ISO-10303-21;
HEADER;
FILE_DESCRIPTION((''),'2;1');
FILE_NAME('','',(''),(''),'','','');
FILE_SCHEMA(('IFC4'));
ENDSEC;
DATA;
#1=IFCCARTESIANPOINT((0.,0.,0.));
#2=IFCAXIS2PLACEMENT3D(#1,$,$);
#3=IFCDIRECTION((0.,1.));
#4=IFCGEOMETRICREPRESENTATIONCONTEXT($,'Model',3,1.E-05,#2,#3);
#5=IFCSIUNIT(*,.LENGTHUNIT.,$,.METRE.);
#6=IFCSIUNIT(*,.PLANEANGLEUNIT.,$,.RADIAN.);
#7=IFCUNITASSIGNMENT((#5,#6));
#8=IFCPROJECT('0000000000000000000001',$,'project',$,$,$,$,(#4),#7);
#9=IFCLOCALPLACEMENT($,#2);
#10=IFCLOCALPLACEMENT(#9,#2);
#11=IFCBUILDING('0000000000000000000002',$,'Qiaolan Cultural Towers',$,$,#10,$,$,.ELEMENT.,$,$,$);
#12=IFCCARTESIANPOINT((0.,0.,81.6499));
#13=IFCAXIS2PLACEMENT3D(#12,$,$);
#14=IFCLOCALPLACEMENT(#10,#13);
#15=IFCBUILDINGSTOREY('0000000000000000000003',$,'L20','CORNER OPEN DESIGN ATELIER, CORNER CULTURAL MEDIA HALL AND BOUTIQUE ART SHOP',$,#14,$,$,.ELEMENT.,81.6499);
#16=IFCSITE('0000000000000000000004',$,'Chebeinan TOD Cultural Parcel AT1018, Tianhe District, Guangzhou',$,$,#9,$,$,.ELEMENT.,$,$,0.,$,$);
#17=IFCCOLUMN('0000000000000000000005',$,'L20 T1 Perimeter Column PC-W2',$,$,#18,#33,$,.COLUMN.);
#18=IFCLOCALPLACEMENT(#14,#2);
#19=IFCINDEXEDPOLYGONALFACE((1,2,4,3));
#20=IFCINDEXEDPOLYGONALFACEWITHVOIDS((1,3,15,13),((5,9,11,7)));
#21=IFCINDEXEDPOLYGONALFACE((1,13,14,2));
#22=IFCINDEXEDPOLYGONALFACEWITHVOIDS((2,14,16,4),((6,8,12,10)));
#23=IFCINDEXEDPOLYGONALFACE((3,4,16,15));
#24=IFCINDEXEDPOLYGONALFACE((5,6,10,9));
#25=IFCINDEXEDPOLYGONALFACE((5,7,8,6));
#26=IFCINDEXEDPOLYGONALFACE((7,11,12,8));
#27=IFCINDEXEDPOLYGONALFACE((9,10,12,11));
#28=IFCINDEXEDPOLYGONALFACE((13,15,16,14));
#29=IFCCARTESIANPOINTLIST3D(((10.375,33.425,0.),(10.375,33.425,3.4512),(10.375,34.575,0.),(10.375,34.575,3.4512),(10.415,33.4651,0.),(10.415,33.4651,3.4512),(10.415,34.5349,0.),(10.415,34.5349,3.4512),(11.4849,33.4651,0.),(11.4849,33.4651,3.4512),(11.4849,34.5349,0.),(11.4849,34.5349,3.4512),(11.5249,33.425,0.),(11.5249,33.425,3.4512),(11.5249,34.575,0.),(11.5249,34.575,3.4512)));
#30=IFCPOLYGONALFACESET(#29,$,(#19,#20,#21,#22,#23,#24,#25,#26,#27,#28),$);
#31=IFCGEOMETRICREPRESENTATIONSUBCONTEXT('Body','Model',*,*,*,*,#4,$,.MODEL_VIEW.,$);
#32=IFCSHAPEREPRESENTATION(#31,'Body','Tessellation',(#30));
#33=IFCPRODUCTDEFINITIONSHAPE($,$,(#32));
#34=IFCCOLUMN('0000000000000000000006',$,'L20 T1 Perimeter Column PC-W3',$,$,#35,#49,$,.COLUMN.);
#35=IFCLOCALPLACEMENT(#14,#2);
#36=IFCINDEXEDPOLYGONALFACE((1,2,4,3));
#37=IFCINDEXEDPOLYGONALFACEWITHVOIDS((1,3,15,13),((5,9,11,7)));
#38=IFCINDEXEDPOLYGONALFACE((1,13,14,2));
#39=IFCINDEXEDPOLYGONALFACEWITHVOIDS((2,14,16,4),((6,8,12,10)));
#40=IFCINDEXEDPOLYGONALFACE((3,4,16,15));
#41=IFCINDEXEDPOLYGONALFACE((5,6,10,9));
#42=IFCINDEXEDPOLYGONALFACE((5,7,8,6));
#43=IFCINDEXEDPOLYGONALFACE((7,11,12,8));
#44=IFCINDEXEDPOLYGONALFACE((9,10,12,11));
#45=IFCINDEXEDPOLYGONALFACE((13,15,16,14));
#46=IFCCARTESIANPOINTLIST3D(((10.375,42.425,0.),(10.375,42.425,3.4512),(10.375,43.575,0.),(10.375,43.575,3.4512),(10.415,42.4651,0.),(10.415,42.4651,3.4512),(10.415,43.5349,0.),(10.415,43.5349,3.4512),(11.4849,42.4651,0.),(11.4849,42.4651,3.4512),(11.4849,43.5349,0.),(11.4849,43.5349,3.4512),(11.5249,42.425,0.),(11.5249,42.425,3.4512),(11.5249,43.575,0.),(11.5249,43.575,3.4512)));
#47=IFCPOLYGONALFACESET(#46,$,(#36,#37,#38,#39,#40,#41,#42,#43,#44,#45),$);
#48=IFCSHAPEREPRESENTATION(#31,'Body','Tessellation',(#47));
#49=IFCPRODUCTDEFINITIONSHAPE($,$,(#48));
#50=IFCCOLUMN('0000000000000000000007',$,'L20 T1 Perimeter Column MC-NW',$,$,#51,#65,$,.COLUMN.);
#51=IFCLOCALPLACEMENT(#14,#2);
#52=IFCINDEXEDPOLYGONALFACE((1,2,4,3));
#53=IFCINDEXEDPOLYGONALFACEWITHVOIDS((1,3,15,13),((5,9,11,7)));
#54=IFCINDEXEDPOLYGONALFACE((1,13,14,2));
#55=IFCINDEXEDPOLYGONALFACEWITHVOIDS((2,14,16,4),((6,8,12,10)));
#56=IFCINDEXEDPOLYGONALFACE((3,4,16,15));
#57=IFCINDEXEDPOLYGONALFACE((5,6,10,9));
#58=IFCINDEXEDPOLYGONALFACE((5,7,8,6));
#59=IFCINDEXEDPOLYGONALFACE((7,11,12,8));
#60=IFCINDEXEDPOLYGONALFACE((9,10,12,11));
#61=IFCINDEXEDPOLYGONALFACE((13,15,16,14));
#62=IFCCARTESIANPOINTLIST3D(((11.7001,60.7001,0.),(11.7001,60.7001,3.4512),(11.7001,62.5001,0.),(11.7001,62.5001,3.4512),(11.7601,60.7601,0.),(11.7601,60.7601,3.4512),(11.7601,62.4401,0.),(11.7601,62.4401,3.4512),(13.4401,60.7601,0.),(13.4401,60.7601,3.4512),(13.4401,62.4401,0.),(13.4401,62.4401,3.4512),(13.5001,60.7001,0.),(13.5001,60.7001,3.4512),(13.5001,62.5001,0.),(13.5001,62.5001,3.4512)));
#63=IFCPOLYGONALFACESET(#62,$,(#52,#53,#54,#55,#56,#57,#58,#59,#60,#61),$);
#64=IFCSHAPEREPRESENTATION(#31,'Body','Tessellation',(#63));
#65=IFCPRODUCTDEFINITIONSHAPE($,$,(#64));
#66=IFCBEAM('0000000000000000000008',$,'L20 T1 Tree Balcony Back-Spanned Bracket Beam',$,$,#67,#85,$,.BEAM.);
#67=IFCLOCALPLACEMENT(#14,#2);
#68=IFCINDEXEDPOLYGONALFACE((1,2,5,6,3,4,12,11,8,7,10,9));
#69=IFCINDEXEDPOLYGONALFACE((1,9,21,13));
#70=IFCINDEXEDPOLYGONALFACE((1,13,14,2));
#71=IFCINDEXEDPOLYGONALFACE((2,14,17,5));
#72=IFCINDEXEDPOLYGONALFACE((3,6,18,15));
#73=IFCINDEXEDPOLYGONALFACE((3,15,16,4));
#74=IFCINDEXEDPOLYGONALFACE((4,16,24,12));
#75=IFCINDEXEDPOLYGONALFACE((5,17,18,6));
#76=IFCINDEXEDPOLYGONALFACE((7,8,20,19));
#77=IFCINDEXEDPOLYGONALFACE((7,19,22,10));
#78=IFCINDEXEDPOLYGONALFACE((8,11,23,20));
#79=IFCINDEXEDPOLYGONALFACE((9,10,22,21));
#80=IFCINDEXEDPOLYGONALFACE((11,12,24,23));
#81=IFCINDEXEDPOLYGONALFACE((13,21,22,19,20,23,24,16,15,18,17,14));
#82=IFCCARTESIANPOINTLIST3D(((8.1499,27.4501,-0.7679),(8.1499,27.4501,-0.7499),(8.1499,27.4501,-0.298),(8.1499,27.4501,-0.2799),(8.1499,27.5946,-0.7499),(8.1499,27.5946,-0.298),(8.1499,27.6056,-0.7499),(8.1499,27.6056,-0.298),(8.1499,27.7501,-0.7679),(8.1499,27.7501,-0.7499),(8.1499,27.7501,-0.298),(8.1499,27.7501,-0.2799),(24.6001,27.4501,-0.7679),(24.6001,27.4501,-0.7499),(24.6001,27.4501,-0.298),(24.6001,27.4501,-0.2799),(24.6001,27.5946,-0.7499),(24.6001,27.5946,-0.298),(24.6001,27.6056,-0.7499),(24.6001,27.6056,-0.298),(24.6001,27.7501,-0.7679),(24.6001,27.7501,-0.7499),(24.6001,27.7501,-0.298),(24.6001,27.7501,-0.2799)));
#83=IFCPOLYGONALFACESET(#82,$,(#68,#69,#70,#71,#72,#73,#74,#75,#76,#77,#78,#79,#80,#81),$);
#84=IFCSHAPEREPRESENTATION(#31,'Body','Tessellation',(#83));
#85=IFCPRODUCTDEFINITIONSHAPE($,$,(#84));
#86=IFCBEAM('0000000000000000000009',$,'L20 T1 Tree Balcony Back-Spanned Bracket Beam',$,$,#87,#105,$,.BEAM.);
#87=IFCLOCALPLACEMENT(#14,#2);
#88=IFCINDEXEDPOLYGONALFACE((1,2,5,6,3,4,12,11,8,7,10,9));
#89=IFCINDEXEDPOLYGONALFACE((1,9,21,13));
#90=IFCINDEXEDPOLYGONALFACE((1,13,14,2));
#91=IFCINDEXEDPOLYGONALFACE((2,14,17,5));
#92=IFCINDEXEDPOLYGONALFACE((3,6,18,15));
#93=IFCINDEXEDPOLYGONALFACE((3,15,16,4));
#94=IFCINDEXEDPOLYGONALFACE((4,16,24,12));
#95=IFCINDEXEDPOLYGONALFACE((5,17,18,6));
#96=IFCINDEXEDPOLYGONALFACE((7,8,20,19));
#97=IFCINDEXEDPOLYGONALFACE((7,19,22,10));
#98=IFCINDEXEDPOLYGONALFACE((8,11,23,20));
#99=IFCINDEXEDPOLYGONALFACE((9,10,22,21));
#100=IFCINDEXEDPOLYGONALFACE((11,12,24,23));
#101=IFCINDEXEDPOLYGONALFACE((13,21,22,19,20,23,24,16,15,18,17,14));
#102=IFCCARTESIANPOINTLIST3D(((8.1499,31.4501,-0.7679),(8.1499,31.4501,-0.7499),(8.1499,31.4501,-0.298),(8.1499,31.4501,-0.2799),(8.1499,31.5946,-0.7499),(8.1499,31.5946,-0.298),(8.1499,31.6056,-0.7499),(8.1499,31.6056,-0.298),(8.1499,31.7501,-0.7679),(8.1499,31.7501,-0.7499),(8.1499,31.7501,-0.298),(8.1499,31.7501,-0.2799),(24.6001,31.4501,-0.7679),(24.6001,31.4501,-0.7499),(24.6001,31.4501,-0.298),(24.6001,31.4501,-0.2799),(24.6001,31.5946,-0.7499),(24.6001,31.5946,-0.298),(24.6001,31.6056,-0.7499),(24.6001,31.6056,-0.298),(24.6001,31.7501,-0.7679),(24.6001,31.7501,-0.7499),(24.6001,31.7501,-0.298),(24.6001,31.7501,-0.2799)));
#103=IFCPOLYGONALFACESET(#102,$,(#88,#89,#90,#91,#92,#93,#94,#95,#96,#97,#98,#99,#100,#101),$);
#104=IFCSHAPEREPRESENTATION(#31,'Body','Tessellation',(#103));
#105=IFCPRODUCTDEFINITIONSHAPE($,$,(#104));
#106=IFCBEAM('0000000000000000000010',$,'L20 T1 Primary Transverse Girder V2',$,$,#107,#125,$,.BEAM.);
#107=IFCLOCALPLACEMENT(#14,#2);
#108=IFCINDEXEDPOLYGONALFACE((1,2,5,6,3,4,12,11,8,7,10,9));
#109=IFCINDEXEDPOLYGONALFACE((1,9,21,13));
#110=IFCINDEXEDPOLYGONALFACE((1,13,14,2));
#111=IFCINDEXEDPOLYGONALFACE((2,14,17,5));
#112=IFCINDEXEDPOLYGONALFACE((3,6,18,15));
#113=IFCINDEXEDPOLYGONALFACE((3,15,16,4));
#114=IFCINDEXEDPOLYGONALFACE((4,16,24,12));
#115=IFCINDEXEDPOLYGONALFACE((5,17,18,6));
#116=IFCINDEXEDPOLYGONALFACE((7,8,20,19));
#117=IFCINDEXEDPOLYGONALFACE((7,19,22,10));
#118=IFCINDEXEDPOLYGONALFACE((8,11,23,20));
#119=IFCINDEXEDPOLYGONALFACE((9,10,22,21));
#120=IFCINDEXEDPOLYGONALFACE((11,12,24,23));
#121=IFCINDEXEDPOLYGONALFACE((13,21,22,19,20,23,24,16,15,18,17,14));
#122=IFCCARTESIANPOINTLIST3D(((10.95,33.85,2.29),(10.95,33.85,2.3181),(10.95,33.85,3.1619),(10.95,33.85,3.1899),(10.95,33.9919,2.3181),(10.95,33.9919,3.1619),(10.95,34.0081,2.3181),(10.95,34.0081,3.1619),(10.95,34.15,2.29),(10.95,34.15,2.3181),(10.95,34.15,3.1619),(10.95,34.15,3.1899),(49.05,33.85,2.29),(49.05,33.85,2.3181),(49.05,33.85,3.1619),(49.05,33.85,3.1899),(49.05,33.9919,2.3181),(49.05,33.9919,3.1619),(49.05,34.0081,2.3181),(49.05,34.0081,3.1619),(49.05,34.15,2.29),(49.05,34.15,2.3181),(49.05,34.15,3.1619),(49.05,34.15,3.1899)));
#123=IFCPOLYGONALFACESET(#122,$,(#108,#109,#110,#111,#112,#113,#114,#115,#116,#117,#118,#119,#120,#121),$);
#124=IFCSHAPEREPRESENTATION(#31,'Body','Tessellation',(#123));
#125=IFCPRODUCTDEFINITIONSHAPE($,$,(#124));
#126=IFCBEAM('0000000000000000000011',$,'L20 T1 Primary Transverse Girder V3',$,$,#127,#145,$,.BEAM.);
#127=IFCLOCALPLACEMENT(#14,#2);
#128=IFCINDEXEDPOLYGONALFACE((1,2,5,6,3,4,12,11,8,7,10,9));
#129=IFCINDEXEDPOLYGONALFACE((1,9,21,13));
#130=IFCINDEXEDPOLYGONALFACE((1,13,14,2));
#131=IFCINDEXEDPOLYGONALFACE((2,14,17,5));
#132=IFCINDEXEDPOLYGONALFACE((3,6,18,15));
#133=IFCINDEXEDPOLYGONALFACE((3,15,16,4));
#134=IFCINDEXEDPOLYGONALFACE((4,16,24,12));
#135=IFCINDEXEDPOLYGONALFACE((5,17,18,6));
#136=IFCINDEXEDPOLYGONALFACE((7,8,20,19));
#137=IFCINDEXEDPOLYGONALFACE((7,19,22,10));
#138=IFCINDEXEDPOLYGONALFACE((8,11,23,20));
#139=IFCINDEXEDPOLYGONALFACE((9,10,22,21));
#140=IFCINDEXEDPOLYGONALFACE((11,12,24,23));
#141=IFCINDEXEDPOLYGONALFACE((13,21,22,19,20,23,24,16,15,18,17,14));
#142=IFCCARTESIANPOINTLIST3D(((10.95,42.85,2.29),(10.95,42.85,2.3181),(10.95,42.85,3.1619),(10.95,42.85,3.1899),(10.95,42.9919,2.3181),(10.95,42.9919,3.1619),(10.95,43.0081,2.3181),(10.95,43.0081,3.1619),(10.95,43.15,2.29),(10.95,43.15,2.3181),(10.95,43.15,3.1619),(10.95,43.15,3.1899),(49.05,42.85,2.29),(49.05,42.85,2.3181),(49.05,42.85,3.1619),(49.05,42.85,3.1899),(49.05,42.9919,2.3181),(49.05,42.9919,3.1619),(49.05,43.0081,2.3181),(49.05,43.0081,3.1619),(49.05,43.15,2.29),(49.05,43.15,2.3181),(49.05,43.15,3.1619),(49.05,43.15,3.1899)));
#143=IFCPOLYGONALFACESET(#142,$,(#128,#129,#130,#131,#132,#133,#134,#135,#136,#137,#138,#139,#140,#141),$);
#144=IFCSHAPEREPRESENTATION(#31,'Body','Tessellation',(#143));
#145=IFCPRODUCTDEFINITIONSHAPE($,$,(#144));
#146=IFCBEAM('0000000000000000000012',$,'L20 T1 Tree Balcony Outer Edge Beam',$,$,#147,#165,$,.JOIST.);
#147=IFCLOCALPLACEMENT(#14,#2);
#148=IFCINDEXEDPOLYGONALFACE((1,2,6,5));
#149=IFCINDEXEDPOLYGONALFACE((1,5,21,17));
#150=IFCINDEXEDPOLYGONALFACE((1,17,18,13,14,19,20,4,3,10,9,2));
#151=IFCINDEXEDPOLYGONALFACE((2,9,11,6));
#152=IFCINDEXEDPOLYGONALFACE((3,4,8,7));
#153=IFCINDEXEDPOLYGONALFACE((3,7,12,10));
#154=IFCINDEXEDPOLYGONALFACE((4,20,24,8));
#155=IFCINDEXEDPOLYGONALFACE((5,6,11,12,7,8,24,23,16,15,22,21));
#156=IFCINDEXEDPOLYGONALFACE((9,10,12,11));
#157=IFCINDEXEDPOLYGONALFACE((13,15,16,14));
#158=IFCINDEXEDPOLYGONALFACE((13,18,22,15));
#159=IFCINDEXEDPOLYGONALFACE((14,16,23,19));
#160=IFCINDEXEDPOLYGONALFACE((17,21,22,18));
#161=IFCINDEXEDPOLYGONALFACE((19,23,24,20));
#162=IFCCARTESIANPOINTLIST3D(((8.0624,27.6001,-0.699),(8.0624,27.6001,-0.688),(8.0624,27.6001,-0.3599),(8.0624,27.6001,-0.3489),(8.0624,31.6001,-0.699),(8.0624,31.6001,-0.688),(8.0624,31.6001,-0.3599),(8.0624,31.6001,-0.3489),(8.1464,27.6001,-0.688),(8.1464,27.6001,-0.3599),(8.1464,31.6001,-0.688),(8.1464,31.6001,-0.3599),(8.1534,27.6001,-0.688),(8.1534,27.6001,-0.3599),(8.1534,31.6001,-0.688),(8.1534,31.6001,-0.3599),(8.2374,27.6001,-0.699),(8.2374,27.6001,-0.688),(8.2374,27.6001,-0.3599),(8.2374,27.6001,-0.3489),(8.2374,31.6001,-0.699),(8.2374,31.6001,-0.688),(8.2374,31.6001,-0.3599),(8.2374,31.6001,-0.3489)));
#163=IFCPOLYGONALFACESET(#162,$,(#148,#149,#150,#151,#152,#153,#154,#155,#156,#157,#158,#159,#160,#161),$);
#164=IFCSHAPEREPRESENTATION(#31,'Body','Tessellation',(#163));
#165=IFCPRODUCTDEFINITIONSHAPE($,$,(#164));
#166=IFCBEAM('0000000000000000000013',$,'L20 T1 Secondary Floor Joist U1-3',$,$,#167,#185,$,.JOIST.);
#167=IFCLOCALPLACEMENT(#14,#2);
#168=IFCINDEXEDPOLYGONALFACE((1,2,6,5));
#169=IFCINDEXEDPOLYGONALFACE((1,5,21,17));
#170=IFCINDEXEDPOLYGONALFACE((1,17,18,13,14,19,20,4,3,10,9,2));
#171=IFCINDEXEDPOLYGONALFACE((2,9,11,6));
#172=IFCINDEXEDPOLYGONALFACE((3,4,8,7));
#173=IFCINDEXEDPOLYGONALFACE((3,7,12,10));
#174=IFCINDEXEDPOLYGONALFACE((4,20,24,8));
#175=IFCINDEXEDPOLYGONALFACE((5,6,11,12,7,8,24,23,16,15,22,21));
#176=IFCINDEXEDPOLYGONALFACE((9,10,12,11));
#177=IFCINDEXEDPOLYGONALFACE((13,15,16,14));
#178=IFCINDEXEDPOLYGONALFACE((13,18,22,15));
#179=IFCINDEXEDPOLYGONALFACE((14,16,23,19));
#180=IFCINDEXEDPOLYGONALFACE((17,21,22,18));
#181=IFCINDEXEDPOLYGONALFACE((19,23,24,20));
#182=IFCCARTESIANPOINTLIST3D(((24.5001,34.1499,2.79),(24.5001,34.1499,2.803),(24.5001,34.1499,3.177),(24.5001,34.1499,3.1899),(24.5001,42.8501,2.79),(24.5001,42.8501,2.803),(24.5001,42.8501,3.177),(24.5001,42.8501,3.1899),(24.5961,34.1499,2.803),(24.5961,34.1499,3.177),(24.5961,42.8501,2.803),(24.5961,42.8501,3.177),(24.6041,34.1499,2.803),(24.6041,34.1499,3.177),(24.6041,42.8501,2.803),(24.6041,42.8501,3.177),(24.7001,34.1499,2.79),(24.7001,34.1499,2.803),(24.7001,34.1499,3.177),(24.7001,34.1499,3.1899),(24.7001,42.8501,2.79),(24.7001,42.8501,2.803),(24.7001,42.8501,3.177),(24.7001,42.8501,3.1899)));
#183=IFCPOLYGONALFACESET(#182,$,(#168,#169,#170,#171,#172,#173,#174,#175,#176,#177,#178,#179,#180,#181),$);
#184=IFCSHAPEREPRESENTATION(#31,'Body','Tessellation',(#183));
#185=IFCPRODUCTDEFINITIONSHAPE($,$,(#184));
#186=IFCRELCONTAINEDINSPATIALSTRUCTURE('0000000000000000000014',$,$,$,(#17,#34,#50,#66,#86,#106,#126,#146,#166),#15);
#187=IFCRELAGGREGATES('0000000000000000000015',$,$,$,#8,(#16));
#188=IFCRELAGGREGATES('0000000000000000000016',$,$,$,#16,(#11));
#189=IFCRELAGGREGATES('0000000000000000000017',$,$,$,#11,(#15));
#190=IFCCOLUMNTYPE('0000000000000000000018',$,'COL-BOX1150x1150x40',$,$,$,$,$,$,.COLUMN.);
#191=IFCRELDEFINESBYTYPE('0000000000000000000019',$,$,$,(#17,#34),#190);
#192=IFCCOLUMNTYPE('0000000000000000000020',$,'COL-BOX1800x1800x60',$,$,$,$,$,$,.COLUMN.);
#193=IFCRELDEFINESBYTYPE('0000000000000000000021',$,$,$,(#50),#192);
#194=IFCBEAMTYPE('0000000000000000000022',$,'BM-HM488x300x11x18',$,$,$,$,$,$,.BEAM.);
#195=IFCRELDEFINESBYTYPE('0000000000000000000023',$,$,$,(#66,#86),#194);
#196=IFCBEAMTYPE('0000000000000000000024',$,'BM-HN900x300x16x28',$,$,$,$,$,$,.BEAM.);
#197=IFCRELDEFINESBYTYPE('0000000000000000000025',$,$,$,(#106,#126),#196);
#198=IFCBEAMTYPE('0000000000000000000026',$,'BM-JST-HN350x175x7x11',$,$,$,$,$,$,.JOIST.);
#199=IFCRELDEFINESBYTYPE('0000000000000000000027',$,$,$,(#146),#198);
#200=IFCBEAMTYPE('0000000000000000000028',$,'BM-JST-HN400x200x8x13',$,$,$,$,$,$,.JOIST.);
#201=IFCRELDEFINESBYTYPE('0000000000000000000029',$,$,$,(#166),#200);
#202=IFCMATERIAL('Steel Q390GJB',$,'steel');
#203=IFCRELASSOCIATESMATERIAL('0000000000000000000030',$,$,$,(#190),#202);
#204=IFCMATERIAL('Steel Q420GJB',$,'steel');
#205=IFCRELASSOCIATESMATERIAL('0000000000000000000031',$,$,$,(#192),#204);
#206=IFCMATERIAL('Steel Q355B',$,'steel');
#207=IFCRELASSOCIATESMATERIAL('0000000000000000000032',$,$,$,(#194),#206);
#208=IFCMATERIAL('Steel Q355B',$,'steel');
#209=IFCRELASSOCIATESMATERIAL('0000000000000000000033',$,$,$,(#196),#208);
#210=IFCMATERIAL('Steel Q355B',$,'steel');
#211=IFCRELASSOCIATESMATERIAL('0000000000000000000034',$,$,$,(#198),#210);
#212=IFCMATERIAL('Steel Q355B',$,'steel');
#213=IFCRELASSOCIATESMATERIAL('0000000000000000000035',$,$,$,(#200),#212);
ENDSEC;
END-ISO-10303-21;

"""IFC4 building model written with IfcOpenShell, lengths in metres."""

from ifc_helpers import new_model, si_unit, direction, frame, origin, origin_2d, place, context, subcontext, project, spatial, hollow_rectangle, i_section, extrude, material, material_profile, profile_set, type_object, element, save


model = new_model("IFC4")

# Units and contexts
model_context = context("Model", 3, precision=1e-05, world=origin(), true_north=direction((0.0, 1.0)))
body_context = subcontext(model_context, "Body", "Model", "MODEL_VIEW")
ifc_project = project(units=[si_unit("LENGTHUNIT", "METRE"), si_unit("PLANEANGLEUNIT", "RADIAN")], contexts=[model_context])

# Site, building, storey
site_placement = place(None, origin())
site = spatial("IfcSite", under=ifc_project, at=site_placement, Name="Chebeinan TOD Cultural Parcel AT1018, Tianhe District, Guangzhou", CompositionType="ELEMENT", RefElevation=0.0)
building_placement = place(site_placement, origin())
building = spatial("IfcBuilding", under=site, at=building_placement, Name="Qiaolan Cultural Towers", CompositionType="ELEMENT")
storey_placement = place(building_placement, frame((0.0, 0.0, 81.6499)))
storey = spatial("IfcBuildingStorey", under=building, at=storey_placement, Name="L20", Description="CORNER OPEN DESIGN ATELIER, CORNER CULTURAL MEDIA HALL AND BOUTIQUE ART SHOP", CompositionType="ELEMENT", Elevation=81.6499)

# Columns
ifc_material_1 = material(Name="Steel Q390GJB", Category="steel")
ifc_material_profile_1 = material_profile(ifc_material_1, hollow_rectangle(XDim=1.1499, YDim=1.1499, WallThickness=0.04, at=origin_2d()), Name="BOX1150x1150x40")
ifc_profile_set_1 = profile_set([ifc_material_profile_1], Name="Steel Q390GJB")
column_type_1 = type_object("IfcColumnType", Name="COL-BOX1150x1150x40", PredefinedType="COLUMN", material=ifc_profile_set_1)
for number, where, z_axis, x_axis, name in (
    (1, (10.95, 34.0, 0.0), (0.0, 0.0, 1.0), (1.0, 0.0, 0.0), "L20 T1 Perimeter Column PC-W2"),
    (2, (10.95, 43.0, 0.0), (0.0, 0.0, 1.0), (1.0, 0.0, 0.0), "L20 T1 Perimeter Column PC-W3"),
):
    element("IfcColumn", number, at=place(storey_placement, frame(where, z_axis=z_axis, x_axis=x_axis)), inside=storey, type_object=column_type_1, Name=name, PredefinedType="COLUMN", context=body_context, shape_type="SweptSolid", body=[
        extrude(hollow_rectangle(XDim=1.1499, YDim=1.1499, WallThickness=0.04, at=origin_2d()), origin(), (0.0, 0.0, 1.0), 3.4512),
    ])
ifc_material_2 = material(Name="Steel Q420GJB", Category="steel")
ifc_material_profile_2 = material_profile(ifc_material_2, hollow_rectangle(XDim=1.8, YDim=1.8, WallThickness=0.0601, at=origin_2d()), Name="BOX1800x1800x60")
ifc_profile_set_2 = profile_set([ifc_material_profile_2], Name="Steel Q420GJB")
column_type_2 = type_object("IfcColumnType", Name="COL-BOX1800x1800x60", PredefinedType="COLUMN", material=ifc_profile_set_2)
column_placement = place(storey_placement, frame((12.6001, 61.6001, 0.0), z_axis=(0.0, 0.0, 1.0), x_axis=(1.0, 0.0, 0.0)))
element("IfcColumn", 3, at=column_placement, inside=storey, type_object=column_type_2, Name="L20 T1 Perimeter Column MC-NW", PredefinedType="COLUMN", context=body_context, shape_type="SweptSolid", body=[
    extrude(hollow_rectangle(XDim=1.8, YDim=1.8, WallThickness=0.0601, at=origin_2d()), origin(), (0.0, 0.0, 1.0), 3.4512),
])

# Beams
ifc_material_3 = material(Name="Steel Q355B", Category="steel")
ifc_material_profile_3 = material_profile(ifc_material_3, i_section(OverallWidth=0.3, OverallDepth=0.488, WebThickness=0.011, FlangeThickness=0.0181, at=origin_2d()), Name="HM488x300x11x18")
ifc_profile_set_3 = profile_set([ifc_material_profile_3], Name="Steel Q355B")
beam_type_1 = type_object("IfcBeamType", Name="BM-HM488x300x11x18", PredefinedType="BEAM", material=ifc_profile_set_3)
for number, where, z_axis, x_axis, name in (
    (4, (24.6001, 27.6001, -0.5239), (-1.0, 0.0, 0.0), (0.0, -1.0, 0.0), "L20 T1 Tree Balcony Back-Spanned Bracket Beam"),
    (5, (24.6001, 31.6001, -0.5239), (-1.0, 0.0, 0.0), (0.0, -1.0, 0.0), "L20 T1 Tree Balcony Back-Spanned Bracket Beam"),
):
    element("IfcBeam", number, at=place(storey_placement, frame(where, z_axis=z_axis, x_axis=x_axis)), inside=storey, type_object=beam_type_1, Name=name, PredefinedType="BEAM", context=body_context, shape_type="SweptSolid", body=[
        extrude(i_section(OverallWidth=0.3, OverallDepth=0.488, WebThickness=0.011, FlangeThickness=0.0181, at=origin_2d()), origin(), (0.0, 0.0, 1.0), 16.4502),
    ])
ifc_material_4 = material(Name="Steel Q355B", Category="steel")
ifc_material_profile_4 = material_profile(ifc_material_4, i_section(OverallWidth=0.3, OverallDepth=0.8999, WebThickness=0.0161, FlangeThickness=0.0281, at=origin_2d()), Name="HN900x300x16x28")
ifc_profile_set_4 = profile_set([ifc_material_profile_4], Name="Steel Q355B")
beam_type_2 = type_object("IfcBeamType", Name="BM-HN900x300x16x28", PredefinedType="BEAM", material=ifc_profile_set_4)
for number, where, z_axis, x_axis, name in (
    (6, (10.95, 34.0, 2.74), (1.0, 0.0, 0.0), (0.0, 1.0, 0.0), "L20 T1 Primary Transverse Girder V2"),
    (7, (10.95, 43.0, 2.74), (1.0, 0.0, 0.0), (0.0, 1.0, 0.0), "L20 T1 Primary Transverse Girder V3"),
):
    element("IfcBeam", number, at=place(storey_placement, frame(where, z_axis=z_axis, x_axis=x_axis)), inside=storey, type_object=beam_type_2, Name=name, PredefinedType="BEAM", context=body_context, shape_type="SweptSolid", body=[
        extrude(i_section(OverallWidth=0.3, OverallDepth=0.8999, WebThickness=0.0161, FlangeThickness=0.0281, at=origin_2d()), origin(), (0.0, 0.0, 1.0), 38.1001),
    ])
ifc_material_5 = material(Name="Steel Q355B", Category="steel")
ifc_material_profile_5 = material_profile(ifc_material_5, i_section(OverallWidth=0.175, OverallDepth=0.3501, WebThickness=0.0071, FlangeThickness=0.011, at=origin_2d()), Name="HN350x175x7x11")
ifc_profile_set_5 = profile_set([ifc_material_profile_5], Name="Steel Q355B")
beam_type_3 = type_object("IfcBeamType", Name="BM-JST-HN350x175x7x11", PredefinedType="JOIST", material=ifc_profile_set_5)
beam_1_placement = place(storey_placement, frame((8.1499, 27.6001, -0.5239), z_axis=(0.0, 1.0, 0.0), x_axis=(-1.0, 0.0, 0.0)))
element("IfcBeam", 8, at=beam_1_placement, inside=storey, type_object=beam_type_3, Name="L20 T1 Tree Balcony Outer Edge Beam", PredefinedType="JOIST", context=body_context, shape_type="SweptSolid", body=[
    extrude(i_section(OverallWidth=0.175, OverallDepth=0.3501, WebThickness=0.0071, FlangeThickness=0.011, at=origin_2d()), origin(), (0.0, 0.0, 1.0), 4.0),
])
ifc_material_6 = material(Name="Steel Q355B", Category="steel")
ifc_material_profile_6 = material_profile(ifc_material_6, i_section(OverallWidth=0.2, OverallDepth=0.3999, WebThickness=0.0081, FlangeThickness=0.0129, at=origin_2d()), Name="HN400x200x8x13")
ifc_profile_set_6 = profile_set([ifc_material_profile_6], Name="Steel Q355B")
beam_type_4 = type_object("IfcBeamType", Name="BM-JST-HN400x200x8x13", PredefinedType="JOIST", material=ifc_profile_set_6)
beam_2_placement = place(storey_placement, frame((24.6001, 34.1499, 2.99), z_axis=(0.0, 1.0, 0.0), x_axis=(-1.0, 0.0, 0.0)))
element("IfcBeam", 9, at=beam_2_placement, inside=storey, type_object=beam_type_4, Name="L20 T1 Secondary Floor Joist U1-3", PredefinedType="JOIST", context=body_context, shape_type="SweptSolid", body=[
    extrude(i_section(OverallWidth=0.2, OverallDepth=0.3999, WebThickness=0.0081, FlangeThickness=0.0129, at=origin_2d()), origin(), (0.0, 0.0, 1.0), 8.7002),
])

save(model, "model.ifc")
